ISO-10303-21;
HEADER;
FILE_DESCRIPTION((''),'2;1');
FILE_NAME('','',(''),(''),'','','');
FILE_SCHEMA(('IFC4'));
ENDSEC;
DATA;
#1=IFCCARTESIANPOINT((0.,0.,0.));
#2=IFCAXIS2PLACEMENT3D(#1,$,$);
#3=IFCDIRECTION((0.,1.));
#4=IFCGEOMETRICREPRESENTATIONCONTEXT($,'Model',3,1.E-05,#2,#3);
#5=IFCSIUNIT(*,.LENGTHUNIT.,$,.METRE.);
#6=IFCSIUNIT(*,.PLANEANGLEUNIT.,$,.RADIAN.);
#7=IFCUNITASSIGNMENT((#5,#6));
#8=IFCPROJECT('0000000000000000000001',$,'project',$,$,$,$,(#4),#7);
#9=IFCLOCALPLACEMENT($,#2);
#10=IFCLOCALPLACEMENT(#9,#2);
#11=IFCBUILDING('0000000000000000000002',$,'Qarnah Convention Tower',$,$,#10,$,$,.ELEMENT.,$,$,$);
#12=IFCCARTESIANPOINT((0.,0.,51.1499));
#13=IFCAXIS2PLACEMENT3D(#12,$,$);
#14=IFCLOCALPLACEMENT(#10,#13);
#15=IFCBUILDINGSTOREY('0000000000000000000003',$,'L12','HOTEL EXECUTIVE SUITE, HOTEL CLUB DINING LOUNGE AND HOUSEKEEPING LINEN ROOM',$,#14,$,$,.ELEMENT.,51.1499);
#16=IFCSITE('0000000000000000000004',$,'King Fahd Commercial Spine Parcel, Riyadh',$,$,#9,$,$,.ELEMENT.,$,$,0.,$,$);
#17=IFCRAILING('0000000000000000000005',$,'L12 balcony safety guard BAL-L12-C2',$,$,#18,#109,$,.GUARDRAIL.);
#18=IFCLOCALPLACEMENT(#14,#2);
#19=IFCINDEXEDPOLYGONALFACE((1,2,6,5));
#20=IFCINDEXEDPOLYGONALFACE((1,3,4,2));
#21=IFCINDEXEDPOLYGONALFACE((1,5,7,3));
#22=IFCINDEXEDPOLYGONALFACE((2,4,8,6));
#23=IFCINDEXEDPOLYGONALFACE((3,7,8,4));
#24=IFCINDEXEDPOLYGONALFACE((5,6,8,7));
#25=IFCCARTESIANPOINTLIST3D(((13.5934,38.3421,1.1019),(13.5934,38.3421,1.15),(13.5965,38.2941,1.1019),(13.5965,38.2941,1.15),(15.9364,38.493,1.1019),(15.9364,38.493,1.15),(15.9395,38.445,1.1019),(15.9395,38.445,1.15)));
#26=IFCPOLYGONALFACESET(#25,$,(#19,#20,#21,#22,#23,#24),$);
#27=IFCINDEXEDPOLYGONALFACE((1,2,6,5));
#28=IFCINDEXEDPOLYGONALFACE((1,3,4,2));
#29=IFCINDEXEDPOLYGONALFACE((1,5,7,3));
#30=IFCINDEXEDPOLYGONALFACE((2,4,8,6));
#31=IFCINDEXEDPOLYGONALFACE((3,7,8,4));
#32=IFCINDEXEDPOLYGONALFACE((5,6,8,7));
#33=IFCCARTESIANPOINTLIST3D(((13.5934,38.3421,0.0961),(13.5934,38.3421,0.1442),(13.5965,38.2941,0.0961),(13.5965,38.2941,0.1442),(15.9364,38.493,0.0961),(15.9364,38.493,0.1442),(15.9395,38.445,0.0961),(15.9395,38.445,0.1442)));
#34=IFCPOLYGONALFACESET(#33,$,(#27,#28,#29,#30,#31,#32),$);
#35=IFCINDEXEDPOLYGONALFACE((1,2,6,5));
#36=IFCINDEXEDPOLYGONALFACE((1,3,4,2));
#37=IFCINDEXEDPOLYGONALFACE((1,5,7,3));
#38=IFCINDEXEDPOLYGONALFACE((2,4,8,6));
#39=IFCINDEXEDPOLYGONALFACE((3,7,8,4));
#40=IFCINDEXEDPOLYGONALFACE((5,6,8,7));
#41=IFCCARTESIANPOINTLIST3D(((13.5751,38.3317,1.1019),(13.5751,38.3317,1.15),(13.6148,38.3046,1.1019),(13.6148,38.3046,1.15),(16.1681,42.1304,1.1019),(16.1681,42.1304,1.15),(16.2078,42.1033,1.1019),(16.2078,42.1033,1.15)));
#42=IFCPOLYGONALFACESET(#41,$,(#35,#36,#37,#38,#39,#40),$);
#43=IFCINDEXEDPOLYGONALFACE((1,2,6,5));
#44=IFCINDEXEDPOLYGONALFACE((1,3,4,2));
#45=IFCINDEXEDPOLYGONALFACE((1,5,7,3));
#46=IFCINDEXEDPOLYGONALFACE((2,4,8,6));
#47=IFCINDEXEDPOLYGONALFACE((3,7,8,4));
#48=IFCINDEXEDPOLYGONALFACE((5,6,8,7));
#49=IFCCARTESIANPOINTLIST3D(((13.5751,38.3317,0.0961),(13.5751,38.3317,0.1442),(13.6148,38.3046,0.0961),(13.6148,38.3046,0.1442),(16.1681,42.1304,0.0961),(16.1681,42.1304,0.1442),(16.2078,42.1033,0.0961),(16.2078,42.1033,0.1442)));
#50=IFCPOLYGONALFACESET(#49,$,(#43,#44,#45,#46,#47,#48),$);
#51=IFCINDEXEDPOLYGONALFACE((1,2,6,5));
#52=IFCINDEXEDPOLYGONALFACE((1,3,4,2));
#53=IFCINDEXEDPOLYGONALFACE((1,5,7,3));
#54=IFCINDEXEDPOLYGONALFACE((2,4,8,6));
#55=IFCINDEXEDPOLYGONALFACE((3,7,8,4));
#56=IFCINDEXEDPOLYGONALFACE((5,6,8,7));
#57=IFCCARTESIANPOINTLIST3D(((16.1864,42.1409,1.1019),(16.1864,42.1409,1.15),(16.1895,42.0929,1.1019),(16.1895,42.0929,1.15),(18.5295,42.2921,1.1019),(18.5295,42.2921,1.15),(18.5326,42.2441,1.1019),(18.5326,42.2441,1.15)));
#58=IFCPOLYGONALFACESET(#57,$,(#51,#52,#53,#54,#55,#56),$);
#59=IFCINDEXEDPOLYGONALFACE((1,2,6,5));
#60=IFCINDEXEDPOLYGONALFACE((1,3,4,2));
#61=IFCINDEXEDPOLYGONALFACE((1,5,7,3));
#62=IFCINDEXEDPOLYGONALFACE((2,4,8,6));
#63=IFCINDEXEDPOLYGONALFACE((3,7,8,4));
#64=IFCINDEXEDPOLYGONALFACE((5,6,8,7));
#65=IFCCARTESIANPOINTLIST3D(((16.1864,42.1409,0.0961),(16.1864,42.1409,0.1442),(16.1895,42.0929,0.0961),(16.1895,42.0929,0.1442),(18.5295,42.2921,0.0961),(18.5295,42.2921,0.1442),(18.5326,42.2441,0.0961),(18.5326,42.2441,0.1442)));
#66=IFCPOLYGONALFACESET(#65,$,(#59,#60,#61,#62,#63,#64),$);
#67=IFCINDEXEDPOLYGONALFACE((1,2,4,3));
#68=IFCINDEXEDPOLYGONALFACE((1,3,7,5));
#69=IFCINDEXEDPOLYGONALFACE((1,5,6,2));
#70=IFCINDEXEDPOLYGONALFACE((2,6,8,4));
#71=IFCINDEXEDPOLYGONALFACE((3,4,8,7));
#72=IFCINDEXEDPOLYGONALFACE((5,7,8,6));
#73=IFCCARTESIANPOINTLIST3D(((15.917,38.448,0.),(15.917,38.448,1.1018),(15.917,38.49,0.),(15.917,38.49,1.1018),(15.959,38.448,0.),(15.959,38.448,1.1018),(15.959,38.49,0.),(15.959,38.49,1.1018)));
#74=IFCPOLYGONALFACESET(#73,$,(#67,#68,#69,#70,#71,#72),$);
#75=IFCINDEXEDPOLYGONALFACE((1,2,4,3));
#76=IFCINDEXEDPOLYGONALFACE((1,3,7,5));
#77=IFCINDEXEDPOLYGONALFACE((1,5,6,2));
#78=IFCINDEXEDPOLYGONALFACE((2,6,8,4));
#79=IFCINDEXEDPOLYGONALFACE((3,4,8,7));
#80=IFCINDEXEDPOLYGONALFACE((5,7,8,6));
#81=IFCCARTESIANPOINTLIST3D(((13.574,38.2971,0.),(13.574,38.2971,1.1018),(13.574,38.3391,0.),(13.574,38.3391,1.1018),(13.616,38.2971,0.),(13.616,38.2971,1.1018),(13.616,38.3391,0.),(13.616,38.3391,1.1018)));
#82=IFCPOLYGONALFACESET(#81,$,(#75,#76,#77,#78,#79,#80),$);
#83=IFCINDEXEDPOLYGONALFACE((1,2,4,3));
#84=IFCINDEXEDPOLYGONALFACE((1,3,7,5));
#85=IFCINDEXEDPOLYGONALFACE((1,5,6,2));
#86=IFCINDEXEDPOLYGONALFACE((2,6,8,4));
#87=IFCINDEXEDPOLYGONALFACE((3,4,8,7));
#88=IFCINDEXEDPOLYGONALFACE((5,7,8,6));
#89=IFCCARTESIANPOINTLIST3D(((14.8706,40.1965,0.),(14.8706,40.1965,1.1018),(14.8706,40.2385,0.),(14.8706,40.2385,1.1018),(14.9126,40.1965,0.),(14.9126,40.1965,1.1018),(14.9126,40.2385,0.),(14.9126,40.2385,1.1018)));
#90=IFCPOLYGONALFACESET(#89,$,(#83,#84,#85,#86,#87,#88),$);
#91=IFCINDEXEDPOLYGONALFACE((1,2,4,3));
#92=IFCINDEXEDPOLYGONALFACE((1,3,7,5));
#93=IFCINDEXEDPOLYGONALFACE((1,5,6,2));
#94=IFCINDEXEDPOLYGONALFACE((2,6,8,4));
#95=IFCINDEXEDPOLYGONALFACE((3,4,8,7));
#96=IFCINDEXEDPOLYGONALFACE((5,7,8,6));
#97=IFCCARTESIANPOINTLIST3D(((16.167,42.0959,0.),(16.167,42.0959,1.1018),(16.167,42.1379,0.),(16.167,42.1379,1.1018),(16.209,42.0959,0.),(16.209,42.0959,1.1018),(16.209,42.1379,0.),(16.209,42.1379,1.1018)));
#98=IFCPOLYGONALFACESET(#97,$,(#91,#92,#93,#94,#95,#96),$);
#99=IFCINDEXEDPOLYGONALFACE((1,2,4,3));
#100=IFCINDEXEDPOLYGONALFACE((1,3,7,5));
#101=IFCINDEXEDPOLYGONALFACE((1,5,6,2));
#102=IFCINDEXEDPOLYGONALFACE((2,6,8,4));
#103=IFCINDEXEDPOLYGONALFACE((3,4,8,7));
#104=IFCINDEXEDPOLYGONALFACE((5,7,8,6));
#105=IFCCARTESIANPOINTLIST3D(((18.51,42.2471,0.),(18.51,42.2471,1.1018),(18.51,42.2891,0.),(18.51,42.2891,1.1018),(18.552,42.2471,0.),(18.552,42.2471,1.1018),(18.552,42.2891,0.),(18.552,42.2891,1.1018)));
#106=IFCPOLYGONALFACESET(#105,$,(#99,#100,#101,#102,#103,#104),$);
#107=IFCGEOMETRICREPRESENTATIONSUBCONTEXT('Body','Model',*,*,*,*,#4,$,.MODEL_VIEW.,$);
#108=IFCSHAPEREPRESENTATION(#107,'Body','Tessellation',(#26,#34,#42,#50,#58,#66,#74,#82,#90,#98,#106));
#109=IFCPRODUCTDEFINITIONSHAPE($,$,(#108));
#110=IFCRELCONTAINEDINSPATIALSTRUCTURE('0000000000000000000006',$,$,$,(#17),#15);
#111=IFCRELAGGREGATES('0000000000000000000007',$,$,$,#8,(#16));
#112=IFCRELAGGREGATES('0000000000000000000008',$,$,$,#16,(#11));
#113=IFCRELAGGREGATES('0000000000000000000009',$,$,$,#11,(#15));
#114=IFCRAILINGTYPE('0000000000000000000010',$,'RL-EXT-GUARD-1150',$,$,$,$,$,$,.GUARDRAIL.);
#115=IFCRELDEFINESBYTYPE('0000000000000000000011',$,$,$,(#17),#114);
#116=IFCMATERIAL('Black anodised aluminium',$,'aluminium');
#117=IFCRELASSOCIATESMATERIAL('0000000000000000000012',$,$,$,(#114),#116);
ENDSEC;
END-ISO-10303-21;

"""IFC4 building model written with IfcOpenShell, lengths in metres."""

from ifc_helpers import new_model, si_unit, direction, frame, origin, origin_2d, place, context, subcontext, project, spatial, rectangle, extrude, material, type_object, element, save


model = new_model("IFC4")

# Units and contexts
model_context = context("Model", 3, precision=1e-05, world=origin(), true_north=direction((0.0, 1.0)))
body_context = subcontext(model_context, "Body", "Model", "MODEL_VIEW")
ifc_project = project(units=[si_unit("LENGTHUNIT", "METRE"), si_unit("PLANEANGLEUNIT", "RADIAN")], contexts=[model_context])

# Site, building, storey
site_placement = place(None, origin())
site = spatial("IfcSite", under=ifc_project, at=site_placement, Name="King Fahd Commercial Spine Parcel, Riyadh", CompositionType="ELEMENT", RefElevation=0.0)
building_placement = place(site_placement, origin())
building = spatial("IfcBuilding", under=site, at=building_placement, Name="Qarnah Convention Tower", CompositionType="ELEMENT")
storey_placement = place(building_placement, frame((0.0, 0.0, 51.1499)))
storey = spatial("IfcBuildingStorey", under=building, at=storey_placement, Name="L12", Description="HOTEL EXECUTIVE SUITE, HOTEL CLUB DINING LOUNGE AND HOUSEKEEPING LINEN ROOM", CompositionType="ELEMENT", Elevation=51.1499)

# Shared definitions
ifc_material_1 = material(Name="Black anodised aluminium", Category="aluminium")

# Railing
railing_type = type_object("IfcRailingType", Name="RL-EXT-GUARD-1150", PredefinedType="GUARDRAIL", material=ifc_material_1)
railing_1_placement = place(storey_placement, frame((15.938, 38.469, 0.0)))
element("IfcRailing", 1, at=railing_1_placement, inside=storey, type_object=railing_type, Name="L12 balcony safety guard BAL-L12-C2", PredefinedType="GUARDRAIL", context=body_context, shape_type="SweptSolid", body=[
    extrude(rectangle(XDim=0.0481, YDim=0.0481, at=origin_2d()), frame((0.0, 0.0, 1.126), z_axis=(-0.997933, -0.064262, 0.0), x_axis=(0.064262, -0.997933, 0.0)), (0.0, 0.0, 1.0), 2.3479),
    extrude(rectangle(XDim=0.0481, YDim=0.0481, at=origin_2d()), frame((0.0, 0.0, 0.1201), z_axis=(-0.997933, -0.064262, 0.0), x_axis=(0.064262, -0.997933, 0.0)), (0.0, 0.0, 1.0), 2.3479),
    extrude(rectangle(XDim=0.0481, YDim=0.0481, at=origin_2d()), frame((-2.343, -0.1509, 1.126), z_axis=(0.563768, 0.825933, 0.0), x_axis=(-0.825933, 0.563768, 0.0)), (0.0, 0.0, 1.0), 4.5994),
    extrude(rectangle(XDim=0.0481, YDim=0.0481, at=origin_2d()), frame((-2.343, -0.1509, 0.1201), z_axis=(0.563768, 0.825933, 0.0), x_axis=(-0.825933, 0.563768, 0.0)), (0.0, 0.0, 1.0), 4.5994),
    extrude(rectangle(XDim=0.0481, YDim=0.0481, at=origin_2d()), frame((0.25, 3.6479, 1.126), z_axis=(0.997926, 0.064366, 0.0), x_axis=(-0.064366, 0.997926, 0.0)), (0.0, 0.0, 1.0), 2.3479),
    extrude(rectangle(XDim=0.0481, YDim=0.0481, at=origin_2d()), frame((0.25, 3.6479, 0.1201), z_axis=(0.997926, 0.064366, 0.0), x_axis=(-0.064366, 0.997926, 0.0)), (0.0, 0.0, 1.0), 2.3479),
    extrude(rectangle(XDim=0.042, YDim=0.042, at=origin_2d()), origin(), (0.0, 0.0, 1.0), 1.1018),
    extrude(rectangle(XDim=0.042, YDim=0.042, at=origin_2d()), frame((-2.343, -0.1509, 0.0)), (0.0, 0.0, 1.0), 1.1018),
    extrude(rectangle(XDim=0.042, YDim=0.042, at=origin_2d()), frame((-1.0464, 1.7485, 0.0)), (0.0, 0.0, 1.0), 1.1018),
    extrude(rectangle(XDim=0.042, YDim=0.042, at=origin_2d()), frame((0.25, 3.6479, 0.0)), (0.0, 0.0, 1.0), 1.1018),
    extrude(rectangle(XDim=0.042, YDim=0.042, at=origin_2d()), frame((2.593, 3.7991, 0.0)), (0.0, 0.0, 1.0), 1.1018),
])

save(model, "model.ifc")
